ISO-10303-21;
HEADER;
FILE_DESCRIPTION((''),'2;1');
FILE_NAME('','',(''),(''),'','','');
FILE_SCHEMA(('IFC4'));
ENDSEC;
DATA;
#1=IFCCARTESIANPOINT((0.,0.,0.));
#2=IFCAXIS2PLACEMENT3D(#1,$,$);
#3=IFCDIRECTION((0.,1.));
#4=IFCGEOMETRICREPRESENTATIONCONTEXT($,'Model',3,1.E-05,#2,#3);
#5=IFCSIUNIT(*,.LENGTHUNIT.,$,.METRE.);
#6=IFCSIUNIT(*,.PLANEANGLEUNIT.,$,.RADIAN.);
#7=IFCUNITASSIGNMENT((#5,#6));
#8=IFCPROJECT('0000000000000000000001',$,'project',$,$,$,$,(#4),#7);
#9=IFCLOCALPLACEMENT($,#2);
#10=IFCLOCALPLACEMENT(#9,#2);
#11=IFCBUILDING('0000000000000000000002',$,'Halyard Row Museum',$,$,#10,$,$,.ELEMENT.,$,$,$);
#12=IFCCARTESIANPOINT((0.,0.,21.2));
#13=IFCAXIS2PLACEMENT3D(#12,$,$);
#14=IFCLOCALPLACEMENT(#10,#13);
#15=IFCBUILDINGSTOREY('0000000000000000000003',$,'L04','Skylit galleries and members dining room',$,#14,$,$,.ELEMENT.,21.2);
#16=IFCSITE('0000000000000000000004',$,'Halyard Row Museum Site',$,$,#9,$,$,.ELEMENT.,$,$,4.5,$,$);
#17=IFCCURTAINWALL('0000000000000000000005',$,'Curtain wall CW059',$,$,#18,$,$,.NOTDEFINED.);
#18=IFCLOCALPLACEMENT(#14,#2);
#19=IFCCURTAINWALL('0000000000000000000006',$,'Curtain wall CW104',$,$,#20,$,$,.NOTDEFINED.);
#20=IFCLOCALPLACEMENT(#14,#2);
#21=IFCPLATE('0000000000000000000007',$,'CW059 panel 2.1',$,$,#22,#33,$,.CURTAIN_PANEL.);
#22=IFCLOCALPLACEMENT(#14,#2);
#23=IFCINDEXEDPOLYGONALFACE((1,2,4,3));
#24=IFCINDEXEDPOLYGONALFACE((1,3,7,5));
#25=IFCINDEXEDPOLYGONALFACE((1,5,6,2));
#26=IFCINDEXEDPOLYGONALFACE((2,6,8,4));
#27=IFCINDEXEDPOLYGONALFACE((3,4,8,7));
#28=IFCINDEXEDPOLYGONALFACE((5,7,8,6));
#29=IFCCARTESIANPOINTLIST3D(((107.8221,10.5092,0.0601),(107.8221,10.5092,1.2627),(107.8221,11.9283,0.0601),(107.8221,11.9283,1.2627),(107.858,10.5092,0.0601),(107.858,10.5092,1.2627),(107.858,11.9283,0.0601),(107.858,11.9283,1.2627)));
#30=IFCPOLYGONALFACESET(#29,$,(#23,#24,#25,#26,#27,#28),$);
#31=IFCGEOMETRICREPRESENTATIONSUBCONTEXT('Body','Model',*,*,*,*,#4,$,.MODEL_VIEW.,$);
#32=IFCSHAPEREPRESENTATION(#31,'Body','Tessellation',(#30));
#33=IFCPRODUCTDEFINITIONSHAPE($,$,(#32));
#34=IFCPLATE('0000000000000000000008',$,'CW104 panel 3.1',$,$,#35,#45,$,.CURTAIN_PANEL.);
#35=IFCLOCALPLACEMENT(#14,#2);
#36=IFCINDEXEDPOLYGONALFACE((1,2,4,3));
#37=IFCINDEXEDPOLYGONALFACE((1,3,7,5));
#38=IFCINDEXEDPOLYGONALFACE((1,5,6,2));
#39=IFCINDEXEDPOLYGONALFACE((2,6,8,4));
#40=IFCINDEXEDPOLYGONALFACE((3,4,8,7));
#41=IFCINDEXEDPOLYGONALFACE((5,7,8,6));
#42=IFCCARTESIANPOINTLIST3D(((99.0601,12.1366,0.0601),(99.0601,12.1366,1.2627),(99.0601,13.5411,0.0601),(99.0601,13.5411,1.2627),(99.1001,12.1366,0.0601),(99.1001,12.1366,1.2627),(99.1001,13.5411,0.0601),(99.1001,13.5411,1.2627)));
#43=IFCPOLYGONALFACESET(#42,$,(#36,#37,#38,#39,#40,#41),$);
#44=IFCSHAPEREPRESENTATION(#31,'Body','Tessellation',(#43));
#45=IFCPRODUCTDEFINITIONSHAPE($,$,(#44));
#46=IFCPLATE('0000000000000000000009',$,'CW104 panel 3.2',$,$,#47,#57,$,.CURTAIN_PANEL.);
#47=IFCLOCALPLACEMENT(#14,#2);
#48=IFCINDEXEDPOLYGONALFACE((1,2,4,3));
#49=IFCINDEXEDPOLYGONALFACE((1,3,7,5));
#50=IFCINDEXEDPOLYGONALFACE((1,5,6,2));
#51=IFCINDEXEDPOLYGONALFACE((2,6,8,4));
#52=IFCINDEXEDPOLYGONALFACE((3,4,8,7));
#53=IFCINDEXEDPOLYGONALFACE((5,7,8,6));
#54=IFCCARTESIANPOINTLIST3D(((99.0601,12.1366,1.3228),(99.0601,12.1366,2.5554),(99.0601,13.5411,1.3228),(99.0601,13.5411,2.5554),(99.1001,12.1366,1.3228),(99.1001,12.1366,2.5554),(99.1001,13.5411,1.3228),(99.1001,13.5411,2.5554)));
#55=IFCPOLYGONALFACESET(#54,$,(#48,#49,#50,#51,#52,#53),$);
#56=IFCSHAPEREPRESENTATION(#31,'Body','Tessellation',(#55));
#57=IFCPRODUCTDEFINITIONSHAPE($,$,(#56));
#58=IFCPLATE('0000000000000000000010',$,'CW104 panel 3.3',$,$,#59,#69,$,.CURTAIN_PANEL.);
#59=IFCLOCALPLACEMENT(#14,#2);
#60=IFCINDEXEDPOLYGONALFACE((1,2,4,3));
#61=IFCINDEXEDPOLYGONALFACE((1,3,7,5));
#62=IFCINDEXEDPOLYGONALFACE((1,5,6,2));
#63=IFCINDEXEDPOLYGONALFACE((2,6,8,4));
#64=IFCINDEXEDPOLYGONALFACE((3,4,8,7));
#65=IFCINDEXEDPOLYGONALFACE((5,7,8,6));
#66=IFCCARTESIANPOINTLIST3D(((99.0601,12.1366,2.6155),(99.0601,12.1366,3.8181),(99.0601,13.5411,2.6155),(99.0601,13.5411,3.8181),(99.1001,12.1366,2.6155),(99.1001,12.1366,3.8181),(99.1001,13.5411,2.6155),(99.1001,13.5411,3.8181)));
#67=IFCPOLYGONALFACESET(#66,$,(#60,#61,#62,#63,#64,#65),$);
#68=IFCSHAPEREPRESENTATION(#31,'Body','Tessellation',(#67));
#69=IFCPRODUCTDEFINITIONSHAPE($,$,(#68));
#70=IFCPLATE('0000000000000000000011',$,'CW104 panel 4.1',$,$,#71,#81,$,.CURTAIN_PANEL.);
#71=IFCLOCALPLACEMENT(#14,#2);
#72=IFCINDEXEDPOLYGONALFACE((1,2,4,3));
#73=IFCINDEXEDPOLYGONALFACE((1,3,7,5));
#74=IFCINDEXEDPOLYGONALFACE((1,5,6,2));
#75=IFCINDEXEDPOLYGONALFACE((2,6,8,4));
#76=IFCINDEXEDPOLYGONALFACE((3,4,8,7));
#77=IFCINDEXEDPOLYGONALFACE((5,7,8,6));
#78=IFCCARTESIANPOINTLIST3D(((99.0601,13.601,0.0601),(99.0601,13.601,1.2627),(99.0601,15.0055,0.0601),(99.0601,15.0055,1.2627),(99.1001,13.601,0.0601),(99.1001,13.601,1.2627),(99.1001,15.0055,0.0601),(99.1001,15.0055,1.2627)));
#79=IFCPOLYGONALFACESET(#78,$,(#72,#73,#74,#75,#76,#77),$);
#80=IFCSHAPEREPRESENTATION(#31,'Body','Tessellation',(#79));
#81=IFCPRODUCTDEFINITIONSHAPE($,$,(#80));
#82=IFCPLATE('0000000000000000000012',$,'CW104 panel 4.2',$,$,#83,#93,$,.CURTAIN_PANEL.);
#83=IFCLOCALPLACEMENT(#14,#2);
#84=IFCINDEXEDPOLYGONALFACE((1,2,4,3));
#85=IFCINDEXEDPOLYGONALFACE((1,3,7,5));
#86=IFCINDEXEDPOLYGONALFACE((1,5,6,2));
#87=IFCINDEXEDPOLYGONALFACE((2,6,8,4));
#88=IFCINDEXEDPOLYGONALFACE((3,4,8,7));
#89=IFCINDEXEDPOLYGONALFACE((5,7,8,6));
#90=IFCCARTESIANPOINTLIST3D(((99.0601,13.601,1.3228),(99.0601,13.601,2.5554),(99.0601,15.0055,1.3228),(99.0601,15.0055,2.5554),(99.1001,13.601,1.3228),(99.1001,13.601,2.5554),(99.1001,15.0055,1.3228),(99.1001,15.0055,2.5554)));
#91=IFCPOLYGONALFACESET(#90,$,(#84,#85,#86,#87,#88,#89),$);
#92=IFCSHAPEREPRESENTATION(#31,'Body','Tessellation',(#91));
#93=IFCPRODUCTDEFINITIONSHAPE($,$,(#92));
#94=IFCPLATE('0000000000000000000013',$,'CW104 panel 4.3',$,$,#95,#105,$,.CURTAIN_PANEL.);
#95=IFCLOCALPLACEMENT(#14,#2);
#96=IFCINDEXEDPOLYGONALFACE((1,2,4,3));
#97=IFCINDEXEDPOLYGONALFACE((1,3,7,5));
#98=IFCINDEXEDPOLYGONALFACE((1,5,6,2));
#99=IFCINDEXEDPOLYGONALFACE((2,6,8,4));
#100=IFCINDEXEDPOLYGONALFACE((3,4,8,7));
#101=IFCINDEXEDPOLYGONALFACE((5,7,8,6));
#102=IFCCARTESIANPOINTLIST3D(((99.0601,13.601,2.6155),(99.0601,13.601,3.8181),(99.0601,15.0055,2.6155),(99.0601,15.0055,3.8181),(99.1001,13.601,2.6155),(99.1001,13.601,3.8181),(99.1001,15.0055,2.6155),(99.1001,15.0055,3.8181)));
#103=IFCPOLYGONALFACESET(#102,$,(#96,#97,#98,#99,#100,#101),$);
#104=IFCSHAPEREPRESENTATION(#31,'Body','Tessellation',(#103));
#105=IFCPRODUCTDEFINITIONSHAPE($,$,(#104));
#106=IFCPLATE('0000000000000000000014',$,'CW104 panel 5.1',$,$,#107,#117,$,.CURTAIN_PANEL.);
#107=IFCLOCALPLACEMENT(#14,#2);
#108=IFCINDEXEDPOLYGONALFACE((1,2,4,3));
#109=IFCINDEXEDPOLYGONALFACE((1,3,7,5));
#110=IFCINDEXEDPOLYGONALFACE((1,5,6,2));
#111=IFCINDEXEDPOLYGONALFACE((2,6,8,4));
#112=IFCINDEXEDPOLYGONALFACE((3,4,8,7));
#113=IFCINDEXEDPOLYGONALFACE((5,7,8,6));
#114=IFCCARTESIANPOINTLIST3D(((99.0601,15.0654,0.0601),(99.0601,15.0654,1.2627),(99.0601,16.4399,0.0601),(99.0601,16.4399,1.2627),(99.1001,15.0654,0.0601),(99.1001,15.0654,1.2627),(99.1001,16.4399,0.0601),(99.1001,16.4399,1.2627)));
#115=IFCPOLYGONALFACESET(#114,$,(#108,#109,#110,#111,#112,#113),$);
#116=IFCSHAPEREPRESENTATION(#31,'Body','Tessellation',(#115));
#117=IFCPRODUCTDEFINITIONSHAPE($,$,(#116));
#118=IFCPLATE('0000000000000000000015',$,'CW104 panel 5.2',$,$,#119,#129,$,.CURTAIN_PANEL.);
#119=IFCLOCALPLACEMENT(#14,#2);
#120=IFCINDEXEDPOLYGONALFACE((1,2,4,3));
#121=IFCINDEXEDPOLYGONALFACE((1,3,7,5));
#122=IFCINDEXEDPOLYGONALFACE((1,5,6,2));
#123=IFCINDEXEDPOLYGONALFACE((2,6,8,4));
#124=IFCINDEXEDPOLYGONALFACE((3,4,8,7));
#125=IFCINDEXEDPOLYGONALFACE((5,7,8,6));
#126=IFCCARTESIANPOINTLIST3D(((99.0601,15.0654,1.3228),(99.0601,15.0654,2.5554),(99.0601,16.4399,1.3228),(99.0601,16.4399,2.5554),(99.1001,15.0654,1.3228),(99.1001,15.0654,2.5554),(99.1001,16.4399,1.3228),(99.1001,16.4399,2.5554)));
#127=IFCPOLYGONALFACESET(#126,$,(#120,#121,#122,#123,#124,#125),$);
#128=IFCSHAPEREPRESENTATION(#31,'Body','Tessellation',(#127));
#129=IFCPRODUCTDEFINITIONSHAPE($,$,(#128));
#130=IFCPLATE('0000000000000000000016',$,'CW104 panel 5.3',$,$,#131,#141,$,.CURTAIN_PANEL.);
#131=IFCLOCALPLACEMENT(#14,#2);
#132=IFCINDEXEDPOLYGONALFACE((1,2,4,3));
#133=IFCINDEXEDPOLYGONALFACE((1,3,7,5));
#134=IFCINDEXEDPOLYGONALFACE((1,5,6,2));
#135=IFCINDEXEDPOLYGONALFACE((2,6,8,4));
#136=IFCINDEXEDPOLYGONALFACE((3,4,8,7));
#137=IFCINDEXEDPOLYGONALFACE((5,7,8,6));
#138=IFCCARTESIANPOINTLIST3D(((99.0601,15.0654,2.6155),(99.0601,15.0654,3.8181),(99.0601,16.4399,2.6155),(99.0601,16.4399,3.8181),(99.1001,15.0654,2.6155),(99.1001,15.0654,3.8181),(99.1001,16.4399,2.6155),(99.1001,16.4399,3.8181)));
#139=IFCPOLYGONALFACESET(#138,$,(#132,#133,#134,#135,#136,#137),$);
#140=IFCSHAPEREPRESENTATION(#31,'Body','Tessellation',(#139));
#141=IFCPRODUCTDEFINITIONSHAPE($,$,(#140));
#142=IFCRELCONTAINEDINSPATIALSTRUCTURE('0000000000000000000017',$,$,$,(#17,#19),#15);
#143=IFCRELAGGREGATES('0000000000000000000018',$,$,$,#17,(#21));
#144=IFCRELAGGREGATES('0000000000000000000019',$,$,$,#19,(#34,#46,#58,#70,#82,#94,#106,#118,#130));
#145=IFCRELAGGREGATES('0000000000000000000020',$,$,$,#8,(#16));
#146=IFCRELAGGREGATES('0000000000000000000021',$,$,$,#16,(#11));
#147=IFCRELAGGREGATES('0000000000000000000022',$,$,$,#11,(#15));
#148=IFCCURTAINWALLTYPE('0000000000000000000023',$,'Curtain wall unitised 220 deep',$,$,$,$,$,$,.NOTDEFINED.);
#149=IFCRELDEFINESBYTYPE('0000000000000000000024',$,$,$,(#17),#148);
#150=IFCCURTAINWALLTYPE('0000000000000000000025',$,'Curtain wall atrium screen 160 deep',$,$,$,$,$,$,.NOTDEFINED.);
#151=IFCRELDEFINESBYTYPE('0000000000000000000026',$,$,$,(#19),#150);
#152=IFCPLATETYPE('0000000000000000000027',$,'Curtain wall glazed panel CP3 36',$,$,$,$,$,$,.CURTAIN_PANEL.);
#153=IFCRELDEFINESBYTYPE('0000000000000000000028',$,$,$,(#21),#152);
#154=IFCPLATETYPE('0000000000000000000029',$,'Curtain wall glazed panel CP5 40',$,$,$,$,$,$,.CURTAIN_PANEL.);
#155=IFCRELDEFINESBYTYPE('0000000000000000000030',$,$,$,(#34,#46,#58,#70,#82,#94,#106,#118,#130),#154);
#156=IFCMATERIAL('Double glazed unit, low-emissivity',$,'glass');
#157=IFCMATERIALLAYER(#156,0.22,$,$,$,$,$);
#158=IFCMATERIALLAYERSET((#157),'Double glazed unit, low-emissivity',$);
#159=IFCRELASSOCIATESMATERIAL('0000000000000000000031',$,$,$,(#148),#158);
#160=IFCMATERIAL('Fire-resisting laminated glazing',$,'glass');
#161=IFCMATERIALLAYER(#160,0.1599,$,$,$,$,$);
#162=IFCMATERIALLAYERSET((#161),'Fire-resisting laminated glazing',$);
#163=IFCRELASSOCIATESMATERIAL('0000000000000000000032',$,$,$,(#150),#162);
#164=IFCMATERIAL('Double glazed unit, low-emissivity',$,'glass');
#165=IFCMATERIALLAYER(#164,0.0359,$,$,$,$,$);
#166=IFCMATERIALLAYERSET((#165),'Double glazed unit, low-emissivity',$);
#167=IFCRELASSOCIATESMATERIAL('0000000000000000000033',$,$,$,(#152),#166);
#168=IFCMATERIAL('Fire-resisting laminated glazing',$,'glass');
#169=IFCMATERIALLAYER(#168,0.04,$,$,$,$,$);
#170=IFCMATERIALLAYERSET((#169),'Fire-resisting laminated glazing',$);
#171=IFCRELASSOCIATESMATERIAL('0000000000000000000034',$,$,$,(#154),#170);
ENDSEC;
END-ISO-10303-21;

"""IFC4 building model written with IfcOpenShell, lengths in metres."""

from ifc_helpers import new_model, si_unit, direction, frame, origin, origin_2d, place, context, subcontext, project, spatial, rectangle, extrude, material, layer, layer_set, type_object, element, aggregate, save


model = new_model("IFC4")

# Units and contexts
model_context = context("Model", 3, precision=1e-05, world=origin(), true_north=direction((0.0, 1.0)))
body_context = subcontext(model_context, "Body", "Model", "MODEL_VIEW")
ifc_project = project(units=[si_unit("LENGTHUNIT", "METRE"), si_unit("PLANEANGLEUNIT", "RADIAN")], contexts=[model_context])

# Site, building, storey
site_placement = place(None, origin())
site = spatial("IfcSite", under=ifc_project, at=site_placement, Name="Halyard Row Museum Site", CompositionType="ELEMENT", RefElevation=4.5)
building_placement = place(site_placement, origin())
building = spatial("IfcBuilding", under=site, at=building_placement, Name="Halyard Row Museum", CompositionType="ELEMENT")
storey_placement = place(building_placement, frame((0.0, 0.0, 21.2)))
storey = spatial("IfcBuildingStorey", under=building, at=storey_placement, Name="L04", Description="Skylit galleries and members dining room", CompositionType="ELEMENT", Elevation=21.2)

# Curtain wall
ifc_material_1 = material(Name="Double glazed unit, low-emissivity", Category="glass")
ifc_layer_1 = layer(ifc_material_1, 0.22)
ifc_layer_set_1 = layer_set([ifc_layer_1], Name="Double glazed unit, low-emissivity")
curtain_wall_type_1 = type_object("IfcCurtainWallType", Name="Curtain wall unitised 220 deep", PredefinedType="NOTDEFINED", material=ifc_layer_set_1)
curtain_wall_1_placement = place(storey_placement, origin())
curtain_wall_1 = element("IfcCurtainWall", 1, at=curtain_wall_1_placement, inside=storey, type_object=curtain_wall_type_1, Name="Curtain wall CW059", PredefinedType="NOTDEFINED")

# Curtain wall
ifc_material_2 = material(Name="Fire-resisting laminated glazing", Category="glass")
ifc_layer_2 = layer(ifc_material_2, 0.1599)
ifc_layer_set_2 = layer_set([ifc_layer_2], Name="Fire-resisting laminated glazing")
curtain_wall_type_2 = type_object("IfcCurtainWallType", Name="Curtain wall atrium screen 160 deep", PredefinedType="NOTDEFINED", material=ifc_layer_set_2)
curtain_wall_2_placement = place(storey_placement, origin())
curtain_wall_2 = element("IfcCurtainWall", 2, at=curtain_wall_2_placement, inside=storey, type_object=curtain_wall_type_2, Name="Curtain wall CW104", PredefinedType="NOTDEFINED")

# Plates
ifc_material_3 = material(Name="Double glazed unit, low-emissivity", Category="glass")
ifc_layer_3 = layer(ifc_material_3, 0.0359)
ifc_layer_set_3 = layer_set([ifc_layer_3], Name="Double glazed unit, low-emissivity")
plate_type_1 = type_object("IfcPlateType", Name="Curtain wall glazed panel CP3 36", PredefinedType="CURTAIN_PANEL", material=ifc_layer_set_3)
plate_1_placement = place(storey_placement, frame((107.8401, 11.2188, 0.0601), z_axis=(0.0, 0.0, 1.0), x_axis=(0.0, 1.0, 0.0)))
plate_1 = element("IfcPlate", 3, at=plate_1_placement, type_object=plate_type_1, Name="CW059 panel 2.1", PredefinedType="CURTAIN_PANEL", context=body_context, shape_type="SweptSolid", body=[
    extrude(rectangle(XDim=1.4192, YDim=0.0359, at=origin_2d()), origin(), (0.0, 0.0, 1.0), 1.2026),
])
aggregate(curtain_wall_1, [plate_1])
ifc_material_4 = material(Name="Fire-resisting laminated glazing", Category="glass")
ifc_layer_4 = layer(ifc_material_4, 0.04)
ifc_layer_set_4 = layer_set([ifc_layer_4], Name="Fire-resisting laminated glazing")
plate_type_2 = type_object("IfcPlateType", Name="Curtain wall glazed panel CP5 40", PredefinedType="CURTAIN_PANEL", material=ifc_layer_set_4)
plate_2_placement = place(storey_placement, frame((99.0801, 12.8389, 0.0601), z_axis=(0.0, 0.0, 1.0), x_axis=(0.0, 1.0, 0.0)))
plate_2 = element("IfcPlate", 4, at=plate_2_placement, type_object=plate_type_2, Name="CW104 panel 3.1", PredefinedType="CURTAIN_PANEL", context=body_context, shape_type="SweptSolid", body=[
    extrude(rectangle(XDim=1.4045, YDim=0.04, at=origin_2d()), origin(), (0.0, 0.0, 1.0), 1.2026),
])
plate_3_placement = place(storey_placement, frame((99.0801, 12.8389, 1.3228), z_axis=(0.0, 0.0, 1.0), x_axis=(0.0, 1.0, 0.0)))
plate_3 = element("IfcPlate", 5, at=plate_3_placement, type_object=plate_type_2, Name="CW104 panel 3.2", PredefinedType="CURTAIN_PANEL", context=body_context, shape_type="SweptSolid", body=[
    extrude(rectangle(XDim=1.4045, YDim=0.04, at=origin_2d()), origin(), (0.0, 0.0, 1.0), 1.2327),
])
plate_4_placement = place(storey_placement, frame((99.0801, 12.8389, 2.6155), z_axis=(0.0, 0.0, 1.0), x_axis=(0.0, 1.0, 0.0)))
plate_4 = element("IfcPlate", 6, at=plate_4_placement, type_object=plate_type_2, Name="CW104 panel 3.3", PredefinedType="CURTAIN_PANEL", context=body_context, shape_type="SweptSolid", body=[
    extrude(rectangle(XDim=1.4045, YDim=0.04, at=origin_2d()), origin(), (0.0, 0.0, 1.0), 1.2026),
])
plate_5_placement = place(storey_placement, frame((99.0801, 14.3032, 0.0601), z_axis=(0.0, 0.0, 1.0), x_axis=(0.0, 1.0, 0.0)))
plate_5 = element("IfcPlate", 7, at=plate_5_placement, type_object=plate_type_2, Name="CW104 panel 4.1", PredefinedType="CURTAIN_PANEL", context=body_context, shape_type="SweptSolid", body=[
    extrude(rectangle(XDim=1.4045, YDim=0.04, at=origin_2d()), origin(), (0.0, 0.0, 1.0), 1.2026),
])
plate_6_placement = place(storey_placement, frame((99.0801, 14.3032, 1.3228), z_axis=(0.0, 0.0, 1.0), x_axis=(0.0, 1.0, 0.0)))
plate_6 = element("IfcPlate", 8, at=plate_6_placement, type_object=plate_type_2, Name="CW104 panel 4.2", PredefinedType="CURTAIN_PANEL", context=body_context, shape_type="SweptSolid", body=[
    extrude(rectangle(XDim=1.4045, YDim=0.04, at=origin_2d()), origin(), (0.0, 0.0, 1.0), 1.2327),
])
plate_7_placement = place(storey_placement, frame((99.0801, 14.3032, 2.6155), z_axis=(0.0, 0.0, 1.0), x_axis=(0.0, 1.0, 0.0)))
plate_7 = element("IfcPlate", 9, at=plate_7_placement, type_object=plate_type_2, Name="CW104 panel 4.3", PredefinedType="CURTAIN_PANEL", context=body_context, shape_type="SweptSolid", body=[
    extrude(rectangle(XDim=1.4045, YDim=0.04, at=origin_2d()), origin(), (0.0, 0.0, 1.0), 1.2026),
])
plate_8_placement = place(storey_placement, frame((99.0801, 15.7527, 0.0601), z_axis=(0.0, 0.0, 1.0), x_axis=(0.0, 1.0, 0.0)))
plate_8 = element("IfcPlate", 10, at=plate_8_placement, type_object=plate_type_2, Name="CW104 panel 5.1", PredefinedType="CURTAIN_PANEL", context=body_context, shape_type="SweptSolid", body=[
    extrude(rectangle(XDim=1.3745, YDim=0.04, at=origin_2d()), origin(), (0.0, 0.0, 1.0), 1.2026),
])
plate_9_placement = place(storey_placement, frame((99.0801, 15.7527, 1.3228), z_axis=(0.0, 0.0, 1.0), x_axis=(0.0, 1.0, 0.0)))
plate_9 = element("IfcPlate", 11, at=plate_9_placement, type_object=plate_type_2, Name="CW104 panel 5.2", PredefinedType="CURTAIN_PANEL", context=body_context, shape_type="SweptSolid", body=[
    extrude(rectangle(XDim=1.3745, YDim=0.04, at=origin_2d()), origin(), (0.0, 0.0, 1.0), 1.2327),
])
plate_10_placement = place(storey_placement, frame((99.0801, 15.7527, 2.6155), z_axis=(0.0, 0.0, 1.0), x_axis=(0.0, 1.0, 0.0)))
plate_10 = element("IfcPlate", 12, at=plate_10_placement, type_object=plate_type_2, Name="CW104 panel 5.3", PredefinedType="CURTAIN_PANEL", context=body_context, shape_type="SweptSolid", body=[
    extrude(rectangle(XDim=1.3745, YDim=0.04, at=origin_2d()), origin(), (0.0, 0.0, 1.0), 1.2026),
])
aggregate(curtain_wall_2, [plate_2, plate_3, plate_4, plate_5, plate_6, plate_7, plate_8, plate_9, plate_10])

save(model, "model.ifc")
